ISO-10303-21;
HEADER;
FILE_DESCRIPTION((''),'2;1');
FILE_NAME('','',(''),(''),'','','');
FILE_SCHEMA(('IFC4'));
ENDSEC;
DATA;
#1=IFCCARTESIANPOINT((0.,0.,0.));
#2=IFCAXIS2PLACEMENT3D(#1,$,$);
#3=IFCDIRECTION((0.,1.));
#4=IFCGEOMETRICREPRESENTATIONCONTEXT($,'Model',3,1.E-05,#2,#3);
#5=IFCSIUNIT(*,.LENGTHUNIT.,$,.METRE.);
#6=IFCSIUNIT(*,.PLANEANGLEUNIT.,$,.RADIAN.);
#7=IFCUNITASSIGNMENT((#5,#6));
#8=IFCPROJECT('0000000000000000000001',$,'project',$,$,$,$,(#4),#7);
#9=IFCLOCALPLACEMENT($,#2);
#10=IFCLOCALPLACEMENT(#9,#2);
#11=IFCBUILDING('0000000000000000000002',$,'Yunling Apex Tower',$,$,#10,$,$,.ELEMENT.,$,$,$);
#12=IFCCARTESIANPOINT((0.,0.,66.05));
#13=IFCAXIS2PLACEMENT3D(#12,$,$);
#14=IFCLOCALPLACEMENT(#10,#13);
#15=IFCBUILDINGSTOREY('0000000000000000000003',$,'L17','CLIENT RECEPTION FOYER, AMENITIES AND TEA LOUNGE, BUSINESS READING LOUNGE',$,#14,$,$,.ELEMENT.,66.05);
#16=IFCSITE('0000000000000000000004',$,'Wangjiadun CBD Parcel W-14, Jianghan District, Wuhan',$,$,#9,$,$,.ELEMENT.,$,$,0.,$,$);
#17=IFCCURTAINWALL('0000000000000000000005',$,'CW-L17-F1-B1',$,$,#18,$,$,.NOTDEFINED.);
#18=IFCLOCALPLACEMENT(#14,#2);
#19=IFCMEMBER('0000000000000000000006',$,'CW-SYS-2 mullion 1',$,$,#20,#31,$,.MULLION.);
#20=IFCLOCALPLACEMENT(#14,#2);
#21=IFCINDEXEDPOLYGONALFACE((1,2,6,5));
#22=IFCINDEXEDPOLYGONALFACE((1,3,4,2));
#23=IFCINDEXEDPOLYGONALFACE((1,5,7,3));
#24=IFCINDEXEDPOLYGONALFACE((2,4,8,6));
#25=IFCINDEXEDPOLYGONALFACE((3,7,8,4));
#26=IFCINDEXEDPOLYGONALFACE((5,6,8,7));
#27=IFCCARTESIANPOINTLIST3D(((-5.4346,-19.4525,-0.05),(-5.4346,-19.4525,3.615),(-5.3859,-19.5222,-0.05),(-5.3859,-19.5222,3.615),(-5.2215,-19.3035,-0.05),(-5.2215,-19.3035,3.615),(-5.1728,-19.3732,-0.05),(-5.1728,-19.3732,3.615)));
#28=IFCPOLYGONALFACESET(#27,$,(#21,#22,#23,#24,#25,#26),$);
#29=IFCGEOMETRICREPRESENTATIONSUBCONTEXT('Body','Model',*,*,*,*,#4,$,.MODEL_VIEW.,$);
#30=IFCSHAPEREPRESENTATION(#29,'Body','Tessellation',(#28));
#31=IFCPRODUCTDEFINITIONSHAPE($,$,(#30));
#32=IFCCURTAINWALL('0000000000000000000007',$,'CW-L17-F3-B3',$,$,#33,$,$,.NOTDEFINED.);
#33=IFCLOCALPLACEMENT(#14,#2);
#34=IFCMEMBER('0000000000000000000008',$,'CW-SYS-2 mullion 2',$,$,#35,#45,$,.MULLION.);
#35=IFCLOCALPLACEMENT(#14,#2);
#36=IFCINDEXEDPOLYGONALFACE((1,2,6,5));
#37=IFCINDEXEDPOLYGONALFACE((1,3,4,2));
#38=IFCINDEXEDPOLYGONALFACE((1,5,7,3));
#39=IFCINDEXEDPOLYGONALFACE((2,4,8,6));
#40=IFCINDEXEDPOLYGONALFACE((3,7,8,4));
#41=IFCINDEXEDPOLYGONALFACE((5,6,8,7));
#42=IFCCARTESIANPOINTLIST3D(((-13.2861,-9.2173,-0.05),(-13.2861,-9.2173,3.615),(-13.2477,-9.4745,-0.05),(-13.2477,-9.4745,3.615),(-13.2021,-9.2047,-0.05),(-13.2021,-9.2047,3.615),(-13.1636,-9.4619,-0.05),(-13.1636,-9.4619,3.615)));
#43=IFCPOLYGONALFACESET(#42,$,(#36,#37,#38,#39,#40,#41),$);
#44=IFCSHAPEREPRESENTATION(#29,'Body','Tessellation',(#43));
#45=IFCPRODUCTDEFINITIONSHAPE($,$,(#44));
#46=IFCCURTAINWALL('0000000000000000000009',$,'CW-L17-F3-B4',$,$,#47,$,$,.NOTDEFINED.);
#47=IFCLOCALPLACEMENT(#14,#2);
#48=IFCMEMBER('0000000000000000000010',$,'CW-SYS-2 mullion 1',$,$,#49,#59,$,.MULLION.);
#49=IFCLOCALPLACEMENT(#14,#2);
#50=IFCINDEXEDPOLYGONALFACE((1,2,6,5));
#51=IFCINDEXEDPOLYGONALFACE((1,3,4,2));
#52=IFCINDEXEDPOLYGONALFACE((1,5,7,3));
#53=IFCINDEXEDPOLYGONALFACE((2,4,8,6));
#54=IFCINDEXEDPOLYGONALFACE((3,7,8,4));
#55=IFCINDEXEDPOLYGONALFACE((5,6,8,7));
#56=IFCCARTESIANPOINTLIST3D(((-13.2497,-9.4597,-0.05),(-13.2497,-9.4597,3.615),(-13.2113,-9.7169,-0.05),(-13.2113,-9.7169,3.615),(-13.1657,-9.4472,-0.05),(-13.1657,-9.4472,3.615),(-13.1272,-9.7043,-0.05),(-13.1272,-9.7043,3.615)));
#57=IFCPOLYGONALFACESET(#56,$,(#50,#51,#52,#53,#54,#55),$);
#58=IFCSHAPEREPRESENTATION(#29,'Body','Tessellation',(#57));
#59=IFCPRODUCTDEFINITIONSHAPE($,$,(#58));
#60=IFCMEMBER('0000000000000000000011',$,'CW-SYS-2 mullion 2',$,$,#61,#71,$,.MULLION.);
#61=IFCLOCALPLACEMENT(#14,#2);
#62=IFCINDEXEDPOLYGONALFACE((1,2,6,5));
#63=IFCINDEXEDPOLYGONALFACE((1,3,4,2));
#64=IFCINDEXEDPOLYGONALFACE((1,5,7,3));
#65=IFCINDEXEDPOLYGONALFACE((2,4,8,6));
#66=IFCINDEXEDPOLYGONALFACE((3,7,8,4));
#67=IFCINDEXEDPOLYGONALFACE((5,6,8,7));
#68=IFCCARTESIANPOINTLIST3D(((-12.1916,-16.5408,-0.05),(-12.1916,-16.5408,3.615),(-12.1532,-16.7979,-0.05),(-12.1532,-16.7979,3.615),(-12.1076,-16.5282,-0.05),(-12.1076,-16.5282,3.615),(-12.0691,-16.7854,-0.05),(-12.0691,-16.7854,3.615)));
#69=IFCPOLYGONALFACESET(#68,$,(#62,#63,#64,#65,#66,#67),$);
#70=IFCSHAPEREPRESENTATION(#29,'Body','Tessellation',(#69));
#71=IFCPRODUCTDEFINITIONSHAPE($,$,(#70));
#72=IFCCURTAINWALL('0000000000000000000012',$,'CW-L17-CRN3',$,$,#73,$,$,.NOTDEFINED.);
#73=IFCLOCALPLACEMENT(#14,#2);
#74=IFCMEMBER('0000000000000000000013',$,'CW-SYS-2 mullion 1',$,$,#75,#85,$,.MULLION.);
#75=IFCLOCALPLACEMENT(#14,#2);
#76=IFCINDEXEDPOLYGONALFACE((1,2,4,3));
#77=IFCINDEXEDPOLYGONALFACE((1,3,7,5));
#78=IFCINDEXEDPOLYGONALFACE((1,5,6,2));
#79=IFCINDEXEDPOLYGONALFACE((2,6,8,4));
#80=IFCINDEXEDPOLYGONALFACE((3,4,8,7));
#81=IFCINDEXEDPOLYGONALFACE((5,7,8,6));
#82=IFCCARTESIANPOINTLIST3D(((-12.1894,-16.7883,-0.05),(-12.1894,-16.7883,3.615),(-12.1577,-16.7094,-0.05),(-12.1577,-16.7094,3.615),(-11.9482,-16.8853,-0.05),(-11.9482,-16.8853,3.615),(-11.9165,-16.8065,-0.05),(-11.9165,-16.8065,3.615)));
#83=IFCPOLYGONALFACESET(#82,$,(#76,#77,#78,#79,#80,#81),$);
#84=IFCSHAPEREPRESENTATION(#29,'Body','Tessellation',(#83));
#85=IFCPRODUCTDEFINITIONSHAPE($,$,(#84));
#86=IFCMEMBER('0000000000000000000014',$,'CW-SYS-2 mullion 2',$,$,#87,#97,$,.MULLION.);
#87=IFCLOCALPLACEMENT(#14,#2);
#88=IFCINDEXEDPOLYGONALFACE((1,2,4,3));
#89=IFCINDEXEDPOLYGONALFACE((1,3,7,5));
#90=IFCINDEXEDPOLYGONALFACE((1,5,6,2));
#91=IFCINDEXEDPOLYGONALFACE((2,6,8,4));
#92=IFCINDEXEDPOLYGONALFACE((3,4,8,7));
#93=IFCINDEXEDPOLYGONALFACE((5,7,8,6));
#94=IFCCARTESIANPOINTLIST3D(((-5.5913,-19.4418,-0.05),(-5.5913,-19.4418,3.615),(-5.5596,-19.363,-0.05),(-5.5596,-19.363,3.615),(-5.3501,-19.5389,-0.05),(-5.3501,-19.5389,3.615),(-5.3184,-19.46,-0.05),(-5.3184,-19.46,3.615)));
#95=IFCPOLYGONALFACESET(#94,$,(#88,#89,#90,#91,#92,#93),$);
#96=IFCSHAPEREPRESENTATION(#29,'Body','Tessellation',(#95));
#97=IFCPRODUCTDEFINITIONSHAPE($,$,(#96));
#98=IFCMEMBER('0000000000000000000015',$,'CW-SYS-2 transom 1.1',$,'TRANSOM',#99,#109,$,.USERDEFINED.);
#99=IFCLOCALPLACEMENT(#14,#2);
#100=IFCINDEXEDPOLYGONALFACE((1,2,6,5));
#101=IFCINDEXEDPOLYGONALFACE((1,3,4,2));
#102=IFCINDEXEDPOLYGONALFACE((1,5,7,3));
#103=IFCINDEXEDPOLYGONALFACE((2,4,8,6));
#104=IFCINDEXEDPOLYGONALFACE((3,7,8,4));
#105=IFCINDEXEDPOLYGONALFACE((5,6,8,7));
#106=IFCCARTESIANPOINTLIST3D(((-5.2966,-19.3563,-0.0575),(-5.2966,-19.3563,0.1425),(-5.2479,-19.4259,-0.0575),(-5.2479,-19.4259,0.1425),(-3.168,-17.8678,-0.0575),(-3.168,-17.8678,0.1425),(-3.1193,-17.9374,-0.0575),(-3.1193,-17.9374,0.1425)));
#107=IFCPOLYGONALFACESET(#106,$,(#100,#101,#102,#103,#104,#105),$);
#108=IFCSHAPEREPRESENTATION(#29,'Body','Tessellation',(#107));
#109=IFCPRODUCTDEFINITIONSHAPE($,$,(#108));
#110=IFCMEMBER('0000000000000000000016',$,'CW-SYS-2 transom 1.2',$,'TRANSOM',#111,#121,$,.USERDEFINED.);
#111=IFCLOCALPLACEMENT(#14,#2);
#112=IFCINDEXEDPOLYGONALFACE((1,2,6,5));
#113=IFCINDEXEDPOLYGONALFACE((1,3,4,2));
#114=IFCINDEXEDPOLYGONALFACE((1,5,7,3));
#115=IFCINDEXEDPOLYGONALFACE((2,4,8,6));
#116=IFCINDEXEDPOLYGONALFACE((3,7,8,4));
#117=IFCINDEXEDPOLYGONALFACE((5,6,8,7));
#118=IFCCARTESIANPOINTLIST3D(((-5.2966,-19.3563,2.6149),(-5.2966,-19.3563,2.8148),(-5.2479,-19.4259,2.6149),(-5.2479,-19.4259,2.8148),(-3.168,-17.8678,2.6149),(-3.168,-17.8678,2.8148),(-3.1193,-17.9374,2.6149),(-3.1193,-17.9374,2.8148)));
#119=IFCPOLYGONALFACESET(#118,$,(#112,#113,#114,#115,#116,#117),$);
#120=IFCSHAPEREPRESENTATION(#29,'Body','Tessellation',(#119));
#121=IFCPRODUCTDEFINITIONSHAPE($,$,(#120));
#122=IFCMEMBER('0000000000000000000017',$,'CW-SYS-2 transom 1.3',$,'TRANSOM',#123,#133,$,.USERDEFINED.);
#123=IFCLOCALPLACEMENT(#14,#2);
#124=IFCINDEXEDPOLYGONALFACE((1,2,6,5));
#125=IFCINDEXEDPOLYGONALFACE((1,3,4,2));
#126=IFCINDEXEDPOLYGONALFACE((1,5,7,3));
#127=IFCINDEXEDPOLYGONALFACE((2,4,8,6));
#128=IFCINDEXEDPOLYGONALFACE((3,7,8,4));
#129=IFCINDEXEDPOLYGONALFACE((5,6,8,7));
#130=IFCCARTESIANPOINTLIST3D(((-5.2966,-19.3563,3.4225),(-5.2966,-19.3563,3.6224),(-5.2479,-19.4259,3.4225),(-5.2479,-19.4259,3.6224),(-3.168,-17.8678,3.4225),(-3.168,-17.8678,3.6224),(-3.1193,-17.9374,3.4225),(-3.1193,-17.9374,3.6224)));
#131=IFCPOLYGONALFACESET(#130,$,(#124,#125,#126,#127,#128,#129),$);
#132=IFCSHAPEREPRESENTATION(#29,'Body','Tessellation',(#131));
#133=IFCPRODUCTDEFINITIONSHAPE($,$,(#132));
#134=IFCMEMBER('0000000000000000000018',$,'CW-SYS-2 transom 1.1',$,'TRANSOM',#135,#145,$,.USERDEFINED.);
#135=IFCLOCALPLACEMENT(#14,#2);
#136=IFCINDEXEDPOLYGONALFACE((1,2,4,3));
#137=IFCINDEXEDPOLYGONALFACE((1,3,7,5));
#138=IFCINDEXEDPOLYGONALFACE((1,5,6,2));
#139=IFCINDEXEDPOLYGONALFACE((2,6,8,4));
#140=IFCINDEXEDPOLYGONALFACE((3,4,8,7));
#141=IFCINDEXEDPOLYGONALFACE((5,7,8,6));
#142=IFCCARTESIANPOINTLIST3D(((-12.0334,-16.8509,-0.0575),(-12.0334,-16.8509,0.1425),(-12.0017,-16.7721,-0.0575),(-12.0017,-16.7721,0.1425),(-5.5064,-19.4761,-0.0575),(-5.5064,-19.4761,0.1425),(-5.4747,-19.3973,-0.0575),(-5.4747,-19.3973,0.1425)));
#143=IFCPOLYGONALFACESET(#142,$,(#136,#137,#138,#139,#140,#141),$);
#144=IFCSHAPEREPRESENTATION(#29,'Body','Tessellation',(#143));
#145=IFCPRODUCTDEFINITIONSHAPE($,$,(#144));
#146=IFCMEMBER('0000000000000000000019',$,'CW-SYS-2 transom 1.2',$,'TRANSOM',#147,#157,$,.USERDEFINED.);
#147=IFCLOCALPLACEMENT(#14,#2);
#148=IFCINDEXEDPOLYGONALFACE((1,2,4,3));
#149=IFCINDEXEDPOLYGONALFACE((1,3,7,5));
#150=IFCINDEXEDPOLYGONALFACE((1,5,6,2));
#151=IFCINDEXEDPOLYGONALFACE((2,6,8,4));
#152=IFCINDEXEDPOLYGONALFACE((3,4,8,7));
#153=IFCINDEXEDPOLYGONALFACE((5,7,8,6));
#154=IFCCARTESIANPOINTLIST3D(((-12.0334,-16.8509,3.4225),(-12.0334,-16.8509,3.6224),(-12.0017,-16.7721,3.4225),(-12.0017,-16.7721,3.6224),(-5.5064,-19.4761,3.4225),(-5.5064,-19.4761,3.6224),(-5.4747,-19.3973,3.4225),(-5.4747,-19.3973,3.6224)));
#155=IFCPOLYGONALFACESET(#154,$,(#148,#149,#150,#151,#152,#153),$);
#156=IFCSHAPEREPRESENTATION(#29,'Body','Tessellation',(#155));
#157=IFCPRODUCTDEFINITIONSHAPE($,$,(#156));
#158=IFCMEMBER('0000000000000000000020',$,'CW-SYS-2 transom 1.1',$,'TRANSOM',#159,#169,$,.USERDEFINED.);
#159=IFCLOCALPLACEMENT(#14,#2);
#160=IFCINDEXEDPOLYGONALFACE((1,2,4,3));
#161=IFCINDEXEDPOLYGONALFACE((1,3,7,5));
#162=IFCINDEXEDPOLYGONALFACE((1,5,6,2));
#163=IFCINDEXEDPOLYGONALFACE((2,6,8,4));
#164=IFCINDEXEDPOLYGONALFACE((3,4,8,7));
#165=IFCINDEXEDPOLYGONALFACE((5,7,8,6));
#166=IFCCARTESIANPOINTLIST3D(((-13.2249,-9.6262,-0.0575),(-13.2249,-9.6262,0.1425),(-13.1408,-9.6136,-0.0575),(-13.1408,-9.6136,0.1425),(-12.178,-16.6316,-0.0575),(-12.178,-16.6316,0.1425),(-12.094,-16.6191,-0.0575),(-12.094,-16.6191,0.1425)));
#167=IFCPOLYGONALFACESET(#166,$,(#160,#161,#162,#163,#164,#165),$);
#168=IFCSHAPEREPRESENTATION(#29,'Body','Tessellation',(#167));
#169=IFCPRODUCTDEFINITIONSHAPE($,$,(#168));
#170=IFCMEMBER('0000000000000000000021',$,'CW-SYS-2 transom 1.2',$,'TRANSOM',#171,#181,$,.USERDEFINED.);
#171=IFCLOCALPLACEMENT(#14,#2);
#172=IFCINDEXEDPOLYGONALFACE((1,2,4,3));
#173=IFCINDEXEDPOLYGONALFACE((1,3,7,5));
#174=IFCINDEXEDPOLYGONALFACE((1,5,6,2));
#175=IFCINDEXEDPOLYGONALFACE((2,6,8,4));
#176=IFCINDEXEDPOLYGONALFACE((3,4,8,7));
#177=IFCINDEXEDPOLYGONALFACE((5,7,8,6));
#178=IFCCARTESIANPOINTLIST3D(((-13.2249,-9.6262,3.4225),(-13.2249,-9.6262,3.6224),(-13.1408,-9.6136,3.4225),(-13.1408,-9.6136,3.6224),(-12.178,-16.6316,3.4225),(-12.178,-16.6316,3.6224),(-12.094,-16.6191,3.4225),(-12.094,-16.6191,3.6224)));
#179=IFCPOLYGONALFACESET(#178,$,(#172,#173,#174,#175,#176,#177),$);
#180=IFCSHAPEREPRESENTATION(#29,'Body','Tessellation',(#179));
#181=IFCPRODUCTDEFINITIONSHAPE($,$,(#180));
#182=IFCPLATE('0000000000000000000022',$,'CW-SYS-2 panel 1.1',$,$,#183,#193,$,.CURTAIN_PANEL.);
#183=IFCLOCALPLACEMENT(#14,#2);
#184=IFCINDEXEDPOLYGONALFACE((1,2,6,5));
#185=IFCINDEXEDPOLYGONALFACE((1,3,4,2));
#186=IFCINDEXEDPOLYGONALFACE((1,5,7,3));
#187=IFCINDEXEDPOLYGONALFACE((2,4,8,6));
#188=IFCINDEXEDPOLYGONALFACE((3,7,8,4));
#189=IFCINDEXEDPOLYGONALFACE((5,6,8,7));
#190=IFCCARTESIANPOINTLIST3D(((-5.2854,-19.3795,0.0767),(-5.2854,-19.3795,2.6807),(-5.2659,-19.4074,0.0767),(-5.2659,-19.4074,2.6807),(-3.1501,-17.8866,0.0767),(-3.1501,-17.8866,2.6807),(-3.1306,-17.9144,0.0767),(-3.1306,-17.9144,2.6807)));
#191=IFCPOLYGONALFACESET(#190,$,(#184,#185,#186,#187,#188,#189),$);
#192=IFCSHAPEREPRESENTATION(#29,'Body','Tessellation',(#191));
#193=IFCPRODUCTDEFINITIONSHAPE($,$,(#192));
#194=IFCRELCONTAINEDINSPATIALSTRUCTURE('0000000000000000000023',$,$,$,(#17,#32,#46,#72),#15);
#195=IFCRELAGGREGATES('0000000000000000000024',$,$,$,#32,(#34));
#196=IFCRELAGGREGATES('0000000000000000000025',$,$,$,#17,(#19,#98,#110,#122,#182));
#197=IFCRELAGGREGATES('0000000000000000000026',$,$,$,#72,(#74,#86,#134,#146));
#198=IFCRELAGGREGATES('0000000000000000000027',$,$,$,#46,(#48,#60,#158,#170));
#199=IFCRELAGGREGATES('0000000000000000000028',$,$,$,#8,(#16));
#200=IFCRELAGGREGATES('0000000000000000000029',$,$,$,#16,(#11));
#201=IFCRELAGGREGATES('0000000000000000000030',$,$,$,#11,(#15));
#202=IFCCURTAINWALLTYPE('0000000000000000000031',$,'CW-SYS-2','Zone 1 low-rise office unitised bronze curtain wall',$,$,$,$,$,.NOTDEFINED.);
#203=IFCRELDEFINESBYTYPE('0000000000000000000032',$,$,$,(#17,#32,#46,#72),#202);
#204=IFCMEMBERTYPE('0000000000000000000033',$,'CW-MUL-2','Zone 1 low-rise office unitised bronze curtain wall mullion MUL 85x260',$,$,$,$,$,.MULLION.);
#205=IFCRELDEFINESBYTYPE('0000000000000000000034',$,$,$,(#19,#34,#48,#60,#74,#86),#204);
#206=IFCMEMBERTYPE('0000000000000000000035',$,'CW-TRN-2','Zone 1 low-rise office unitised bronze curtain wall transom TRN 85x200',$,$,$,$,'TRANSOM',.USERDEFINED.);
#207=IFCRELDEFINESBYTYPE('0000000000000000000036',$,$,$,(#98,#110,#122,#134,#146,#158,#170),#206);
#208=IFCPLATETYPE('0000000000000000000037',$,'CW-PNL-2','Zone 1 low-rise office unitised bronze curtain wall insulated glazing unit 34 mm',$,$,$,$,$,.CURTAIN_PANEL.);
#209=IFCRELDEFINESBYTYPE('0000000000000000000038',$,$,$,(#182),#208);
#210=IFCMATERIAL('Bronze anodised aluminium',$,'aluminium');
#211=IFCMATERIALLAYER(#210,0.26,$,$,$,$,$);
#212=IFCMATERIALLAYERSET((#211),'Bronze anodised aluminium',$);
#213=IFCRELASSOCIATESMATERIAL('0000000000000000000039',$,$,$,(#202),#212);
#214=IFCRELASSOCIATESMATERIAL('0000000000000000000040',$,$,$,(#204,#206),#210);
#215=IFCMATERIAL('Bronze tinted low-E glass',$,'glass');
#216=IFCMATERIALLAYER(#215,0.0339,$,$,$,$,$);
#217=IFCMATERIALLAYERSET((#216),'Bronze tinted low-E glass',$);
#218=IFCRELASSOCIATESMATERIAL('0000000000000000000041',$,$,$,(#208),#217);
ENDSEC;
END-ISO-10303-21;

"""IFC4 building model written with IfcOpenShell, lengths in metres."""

from ifc_helpers import new_model, si_unit, direction, frame, origin, origin_2d, place, context, subcontext, project, spatial, rectangle, extrude, source, transform, mapped, material, layer, layer_set, material_profile, profile_set, type_object, element, aggregate, save


model = new_model("IFC4")

# Units and contexts
model_context = context("Model", 3, precision=1e-05, world=origin(), true_north=direction((0.0, 1.0)))
body_context = subcontext(model_context, "Body", "Model", "MODEL_VIEW")
ifc_project = project(units=[si_unit("LENGTHUNIT", "METRE"), si_unit("PLANEANGLEUNIT", "RADIAN")], contexts=[model_context])

# Site, building, storey
site_placement = place(None, origin())
site = spatial("IfcSite", under=ifc_project, at=site_placement, Name="Wangjiadun CBD Parcel W-14, Jianghan District, Wuhan", CompositionType="ELEMENT", RefElevation=0.0)
building_placement = place(site_placement, origin())
building = spatial("IfcBuilding", under=site, at=building_placement, Name="Yunling Apex Tower", CompositionType="ELEMENT")
storey_placement = place(building_placement, frame((0.0, 0.0, 66.05)))
storey = spatial("IfcBuildingStorey", under=building, at=storey_placement, Name="L17", Description="CLIENT RECEPTION FOYER, AMENITIES AND TEA LOUNGE, BUSINESS READING LOUNGE", CompositionType="ELEMENT", Elevation=66.05)

# Curtain walls, members
ifc_material_1 = material(Name="Bronze anodised aluminium", Category="aluminium")
ifc_layer_1 = layer(ifc_material_1, 0.26)
ifc_layer_set_1 = layer_set([ifc_layer_1], Name="Bronze anodised aluminium")
curtain_wall_type = type_object("IfcCurtainWallType", Name="CW-SYS-2", Description="Zone 1 low-rise office unitised bronze curtain wall", PredefinedType="NOTDEFINED", material=ifc_layer_set_1)
curtain_wall_1_placement = place(storey_placement, origin())
curtain_wall_1 = element("IfcCurtainWall", 1, at=curtain_wall_1_placement, inside=storey, type_object=curtain_wall_type, Name="CW-L17-F1-B1", PredefinedType="NOTDEFINED")
ifc_material_profile_1 = material_profile(ifc_material_1, rectangle(XDim=0.085, YDim=0.26, at=origin_2d()))
ifc_profile_set_1 = profile_set([ifc_material_profile_1], Name="Bronze anodised aluminium")
member_type_1 = type_object("IfcMemberType", Name="CW-MUL-2", Description="Zone 1 low-rise office unitised bronze curtain wall mullion MUL 85x260", PredefinedType="MULLION", material=ifc_profile_set_1)
shared_shape_1 = source(origin(), body_context, "Body", "SweptSolid", [
    extrude(rectangle(XDim=0.085, YDim=0.26, at=origin_2d()), origin(), (0.0, 0.0, 1.0), 3.665),
])
member_1_placement = place(storey_placement, frame((-5.3037, -19.4128, -0.05), z_axis=(0.0, 0.0, 1.0), x_axis=(-0.573004, 0.819552, 0.0)))
member_1 = element("IfcMember", 2, at=member_1_placement, type_object=member_type_1, Name="CW-SYS-2 mullion 1", PredefinedType="MULLION", context=body_context, shape_type="MappedRepresentation", body=[
    mapped(shared_shape_1, transform((0.0, 0.0, 0.0), scale=1.0)),
])
curtain_wall_2_placement = place(storey_placement, origin())
curtain_wall_2 = element("IfcCurtainWall", 3, at=curtain_wall_2_placement, inside=storey, type_object=curtain_wall_type, Name="CW-L17-F3-B3", PredefinedType="NOTDEFINED")
member_2_placement = place(storey_placement, frame((-13.2249, -9.3396, -0.05), z_axis=(0.0, 0.0, 1.0), x_axis=(0.989015, 0.147815, 0.0)))
member_2 = element("IfcMember", 4, at=member_2_placement, type_object=member_type_1, Name="CW-SYS-2 mullion 2", PredefinedType="MULLION", context=body_context, shape_type="MappedRepresentation", body=[
    mapped(shared_shape_1, transform((0.0, 0.0, 0.0), scale=1.0)),
])
aggregate(curtain_wall_2, [member_2])

# Curtain walls, members
curtain_wall_3_placement = place(storey_placement, origin())
curtain_wall_3 = element("IfcCurtainWall", 5, at=curtain_wall_3_placement, inside=storey, type_object=curtain_wall_type, Name="CW-L17-F3-B4", PredefinedType="NOTDEFINED")
member_3_placement = place(storey_placement, frame((-13.1885, -9.582, -0.05), z_axis=(0.0, 0.0, 1.0), x_axis=(0.989017, 0.147801, 0.0)))
member_3 = element("IfcMember", 6, at=member_3_placement, type_object=member_type_1, Name="CW-SYS-2 mullion 1", PredefinedType="MULLION", context=body_context, shape_type="MappedRepresentation", body=[
    mapped(shared_shape_1, transform((0.0, 0.0, 0.0), scale=1.0)),
])
member_4_placement = place(storey_placement, frame((-12.1304, -16.6631, -0.05), z_axis=(0.0, 0.0, 1.0), x_axis=(0.989017, 0.147801, 0.0)))
member_4 = element("IfcMember", 7, at=member_4_placement, type_object=member_type_1, Name="CW-SYS-2 mullion 2", PredefinedType="MULLION", context=body_context, shape_type="MappedRepresentation", body=[
    mapped(shared_shape_1, transform((0.0, 0.0, 0.0), scale=1.0)),
])
curtain_wall_4_placement = place(storey_placement, origin())
curtain_wall_4 = element("IfcCurtainWall", 8, at=curtain_wall_4_placement, inside=storey, type_object=curtain_wall_type, Name="CW-L17-CRN3", PredefinedType="NOTDEFINED")
member_5_placement = place(storey_placement, frame((-12.053, -16.7974, -0.05), z_axis=(0.0, 0.0, 1.0), x_axis=(0.373144, 0.927774, 0.0)))
member_5 = element("IfcMember", 9, at=member_5_placement, type_object=member_type_1, Name="CW-SYS-2 mullion 1", PredefinedType="MULLION", context=body_context, shape_type="MappedRepresentation", body=[
    mapped(shared_shape_1, transform((0.0, 0.0, 0.0), scale=1.0)),
])
member_6_placement = place(storey_placement, frame((-5.4548, -19.4509, -0.05), z_axis=(0.0, 0.0, 1.0), x_axis=(0.373144, 0.927774, 0.0)))
member_6 = element("IfcMember", 10, at=member_6_placement, type_object=member_type_1, Name="CW-SYS-2 mullion 2", PredefinedType="MULLION", context=body_context, shape_type="MappedRepresentation", body=[
    mapped(shared_shape_1, transform((0.0, 0.0, 0.0), scale=1.0)),
])

# Members
ifc_material_profile_2 = material_profile(ifc_material_1, rectangle(XDim=0.085, YDim=0.2, at=origin_2d()))
ifc_profile_set_2 = profile_set([ifc_material_profile_2], Name="Bronze anodised aluminium")
member_type_2 = type_object("IfcMemberType", Name="CW-TRN-2", Description="Zone 1 low-rise office unitised bronze curtain wall transom TRN 85x200", ElementType="TRANSOM", PredefinedType="USERDEFINED", material=ifc_profile_set_2)
shared_shape_2 = source(origin(), body_context, "Body", "SweptSolid", [
    extrude(rectangle(XDim=0.085, YDim=0.2, at=origin_2d()), origin(), (0.0, 0.0, 1.0), 2.5974),
])
member_7_placement = place(storey_placement, frame((-5.2722, -19.3911, 0.0425), z_axis=(0.81951, 0.573065, 0.0), x_axis=(-0.573065, 0.81951, 0.0)))
member_7 = element("IfcMember", 11, at=member_7_placement, type_object=member_type_2, Name="CW-SYS-2 transom 1.1", ObjectType="TRANSOM", PredefinedType="USERDEFINED", context=body_context, shape_type="MappedRepresentation", body=[
    mapped(shared_shape_2, transform((0.0, 0.0, 0.0), scale=1.0)),
])
member_8_placement = place(storey_placement, frame((-5.2722, -19.3911, 2.7148), z_axis=(0.81951, 0.573065, 0.0), x_axis=(-0.573065, 0.81951, 0.0)))
member_8 = element("IfcMember", 12, at=member_8_placement, type_object=member_type_2, Name="CW-SYS-2 transom 1.2", ObjectType="TRANSOM", PredefinedType="USERDEFINED", context=body_context, shape_type="MappedRepresentation", body=[
    mapped(shared_shape_2, transform((0.0, 0.0, 0.0), scale=1.0)),
])
member_9_placement = place(storey_placement, frame((-5.2722, -19.3911, 3.5225), z_axis=(0.81951, 0.573065, 0.0), x_axis=(-0.573065, 0.81951, 0.0)))
member_9 = element("IfcMember", 13, at=member_9_placement, type_object=member_type_2, Name="CW-SYS-2 transom 1.3", ObjectType="TRANSOM", PredefinedType="USERDEFINED", context=body_context, shape_type="MappedRepresentation", body=[
    mapped(shared_shape_2, transform((0.0, 0.0, 0.0), scale=1.0)),
])
shared_shape_3 = source(origin(), body_context, "Body", "SweptSolid", [
    extrude(rectangle(XDim=0.085, YDim=0.2, at=origin_2d()), origin(), (0.0, 0.0, 1.0), 7.0352),
])
member_10_placement = place(storey_placement, frame((-12.0176, -16.8115, 0.0425), z_axis=(0.927769, -0.373155, 0.0), x_axis=(0.373155, 0.927769, 0.0)))
member_10 = element("IfcMember", 14, at=member_10_placement, type_object=member_type_2, Name="CW-SYS-2 transom 1.1", ObjectType="TRANSOM", PredefinedType="USERDEFINED", context=body_context, shape_type="MappedRepresentation", body=[
    mapped(shared_shape_3, transform((0.0, 0.0, 0.0), scale=1.0)),
])
member_11_placement = place(storey_placement, frame((-12.0176, -16.8115, 3.5225), z_axis=(0.927769, -0.373155, 0.0), x_axis=(0.373155, 0.927769, 0.0)))
member_11 = element("IfcMember", 15, at=member_11_placement, type_object=member_type_2, Name="CW-SYS-2 transom 1.2", ObjectType="TRANSOM", PredefinedType="USERDEFINED", context=body_context, shape_type="MappedRepresentation", body=[
    mapped(shared_shape_3, transform((0.0, 0.0, 0.0), scale=1.0)),
])
shared_shape_4 = source(origin(), body_context, "Body", "SweptSolid", [
    extrude(rectangle(XDim=0.085, YDim=0.2, at=origin_2d()), origin(), (0.0, 0.0, 1.0), 7.0833),
])
member_12_placement = place(storey_placement, frame((-13.1829, -9.6199, 0.0425), z_axis=(0.147798, -0.989018, 0.0), x_axis=(0.989018, 0.147798, 0.0)))
member_12 = element("IfcMember", 16, at=member_12_placement, type_object=member_type_2, Name="CW-SYS-2 transom 1.1", ObjectType="TRANSOM", PredefinedType="USERDEFINED", context=body_context, shape_type="MappedRepresentation", body=[
    mapped(shared_shape_4, transform((0.0, 0.0, 0.0), scale=1.0)),
])
member_13_placement = place(storey_placement, frame((-13.1829, -9.6199, 3.5225), z_axis=(0.147798, -0.989018, 0.0), x_axis=(0.989018, 0.147798, 0.0)))
member_13 = element("IfcMember", 17, at=member_13_placement, type_object=member_type_2, Name="CW-SYS-2 transom 1.2", ObjectType="TRANSOM", PredefinedType="USERDEFINED", context=body_context, shape_type="MappedRepresentation", body=[
    mapped(shared_shape_4, transform((0.0, 0.0, 0.0), scale=1.0)),
])

# Plate
ifc_material_2 = material(Name="Bronze tinted low-E glass", Category="glass")
ifc_layer_2 = layer(ifc_material_2, 0.0339)
ifc_layer_set_2 = layer_set([ifc_layer_2], Name="Bronze tinted low-E glass")
plate_type = type_object("IfcPlateType", Name="CW-PNL-2", Description="Zone 1 low-rise office unitised bronze curtain wall insulated glazing unit 34 mm", PredefinedType="CURTAIN_PANEL", material=ifc_layer_set_2)
shared_shape_5 = source(origin(), body_context, "Body", "SweptSolid", [
    extrude(rectangle(XDim=2.6055, YDim=0.0339, at=origin_2d()), origin(), (0.0, 0.0, 1.0), 2.604),
])
plate_1_placement = place(storey_placement, frame((-4.208, -18.647, 0.0767), z_axis=(0.0, 0.0, 1.0), x_axis=(0.819552, 0.573004, 0.0)))
plate_1 = element("IfcPlate", 18, at=plate_1_placement, type_object=plate_type, Name="CW-SYS-2 panel 1.1", PredefinedType="CURTAIN_PANEL", context=body_context, shape_type="MappedRepresentation", body=[
    mapped(shared_shape_5, transform((0.0, 0.0, 0.0), scale=1.0)),
])
aggregate(curtain_wall_1, [member_1, member_7, member_8, member_9, plate_1])
aggregate(curtain_wall_4, [member_5, member_6, member_10, member_11])
aggregate(curtain_wall_3, [member_3, member_4, member_12, member_13])

save(model, "model.ifc")
